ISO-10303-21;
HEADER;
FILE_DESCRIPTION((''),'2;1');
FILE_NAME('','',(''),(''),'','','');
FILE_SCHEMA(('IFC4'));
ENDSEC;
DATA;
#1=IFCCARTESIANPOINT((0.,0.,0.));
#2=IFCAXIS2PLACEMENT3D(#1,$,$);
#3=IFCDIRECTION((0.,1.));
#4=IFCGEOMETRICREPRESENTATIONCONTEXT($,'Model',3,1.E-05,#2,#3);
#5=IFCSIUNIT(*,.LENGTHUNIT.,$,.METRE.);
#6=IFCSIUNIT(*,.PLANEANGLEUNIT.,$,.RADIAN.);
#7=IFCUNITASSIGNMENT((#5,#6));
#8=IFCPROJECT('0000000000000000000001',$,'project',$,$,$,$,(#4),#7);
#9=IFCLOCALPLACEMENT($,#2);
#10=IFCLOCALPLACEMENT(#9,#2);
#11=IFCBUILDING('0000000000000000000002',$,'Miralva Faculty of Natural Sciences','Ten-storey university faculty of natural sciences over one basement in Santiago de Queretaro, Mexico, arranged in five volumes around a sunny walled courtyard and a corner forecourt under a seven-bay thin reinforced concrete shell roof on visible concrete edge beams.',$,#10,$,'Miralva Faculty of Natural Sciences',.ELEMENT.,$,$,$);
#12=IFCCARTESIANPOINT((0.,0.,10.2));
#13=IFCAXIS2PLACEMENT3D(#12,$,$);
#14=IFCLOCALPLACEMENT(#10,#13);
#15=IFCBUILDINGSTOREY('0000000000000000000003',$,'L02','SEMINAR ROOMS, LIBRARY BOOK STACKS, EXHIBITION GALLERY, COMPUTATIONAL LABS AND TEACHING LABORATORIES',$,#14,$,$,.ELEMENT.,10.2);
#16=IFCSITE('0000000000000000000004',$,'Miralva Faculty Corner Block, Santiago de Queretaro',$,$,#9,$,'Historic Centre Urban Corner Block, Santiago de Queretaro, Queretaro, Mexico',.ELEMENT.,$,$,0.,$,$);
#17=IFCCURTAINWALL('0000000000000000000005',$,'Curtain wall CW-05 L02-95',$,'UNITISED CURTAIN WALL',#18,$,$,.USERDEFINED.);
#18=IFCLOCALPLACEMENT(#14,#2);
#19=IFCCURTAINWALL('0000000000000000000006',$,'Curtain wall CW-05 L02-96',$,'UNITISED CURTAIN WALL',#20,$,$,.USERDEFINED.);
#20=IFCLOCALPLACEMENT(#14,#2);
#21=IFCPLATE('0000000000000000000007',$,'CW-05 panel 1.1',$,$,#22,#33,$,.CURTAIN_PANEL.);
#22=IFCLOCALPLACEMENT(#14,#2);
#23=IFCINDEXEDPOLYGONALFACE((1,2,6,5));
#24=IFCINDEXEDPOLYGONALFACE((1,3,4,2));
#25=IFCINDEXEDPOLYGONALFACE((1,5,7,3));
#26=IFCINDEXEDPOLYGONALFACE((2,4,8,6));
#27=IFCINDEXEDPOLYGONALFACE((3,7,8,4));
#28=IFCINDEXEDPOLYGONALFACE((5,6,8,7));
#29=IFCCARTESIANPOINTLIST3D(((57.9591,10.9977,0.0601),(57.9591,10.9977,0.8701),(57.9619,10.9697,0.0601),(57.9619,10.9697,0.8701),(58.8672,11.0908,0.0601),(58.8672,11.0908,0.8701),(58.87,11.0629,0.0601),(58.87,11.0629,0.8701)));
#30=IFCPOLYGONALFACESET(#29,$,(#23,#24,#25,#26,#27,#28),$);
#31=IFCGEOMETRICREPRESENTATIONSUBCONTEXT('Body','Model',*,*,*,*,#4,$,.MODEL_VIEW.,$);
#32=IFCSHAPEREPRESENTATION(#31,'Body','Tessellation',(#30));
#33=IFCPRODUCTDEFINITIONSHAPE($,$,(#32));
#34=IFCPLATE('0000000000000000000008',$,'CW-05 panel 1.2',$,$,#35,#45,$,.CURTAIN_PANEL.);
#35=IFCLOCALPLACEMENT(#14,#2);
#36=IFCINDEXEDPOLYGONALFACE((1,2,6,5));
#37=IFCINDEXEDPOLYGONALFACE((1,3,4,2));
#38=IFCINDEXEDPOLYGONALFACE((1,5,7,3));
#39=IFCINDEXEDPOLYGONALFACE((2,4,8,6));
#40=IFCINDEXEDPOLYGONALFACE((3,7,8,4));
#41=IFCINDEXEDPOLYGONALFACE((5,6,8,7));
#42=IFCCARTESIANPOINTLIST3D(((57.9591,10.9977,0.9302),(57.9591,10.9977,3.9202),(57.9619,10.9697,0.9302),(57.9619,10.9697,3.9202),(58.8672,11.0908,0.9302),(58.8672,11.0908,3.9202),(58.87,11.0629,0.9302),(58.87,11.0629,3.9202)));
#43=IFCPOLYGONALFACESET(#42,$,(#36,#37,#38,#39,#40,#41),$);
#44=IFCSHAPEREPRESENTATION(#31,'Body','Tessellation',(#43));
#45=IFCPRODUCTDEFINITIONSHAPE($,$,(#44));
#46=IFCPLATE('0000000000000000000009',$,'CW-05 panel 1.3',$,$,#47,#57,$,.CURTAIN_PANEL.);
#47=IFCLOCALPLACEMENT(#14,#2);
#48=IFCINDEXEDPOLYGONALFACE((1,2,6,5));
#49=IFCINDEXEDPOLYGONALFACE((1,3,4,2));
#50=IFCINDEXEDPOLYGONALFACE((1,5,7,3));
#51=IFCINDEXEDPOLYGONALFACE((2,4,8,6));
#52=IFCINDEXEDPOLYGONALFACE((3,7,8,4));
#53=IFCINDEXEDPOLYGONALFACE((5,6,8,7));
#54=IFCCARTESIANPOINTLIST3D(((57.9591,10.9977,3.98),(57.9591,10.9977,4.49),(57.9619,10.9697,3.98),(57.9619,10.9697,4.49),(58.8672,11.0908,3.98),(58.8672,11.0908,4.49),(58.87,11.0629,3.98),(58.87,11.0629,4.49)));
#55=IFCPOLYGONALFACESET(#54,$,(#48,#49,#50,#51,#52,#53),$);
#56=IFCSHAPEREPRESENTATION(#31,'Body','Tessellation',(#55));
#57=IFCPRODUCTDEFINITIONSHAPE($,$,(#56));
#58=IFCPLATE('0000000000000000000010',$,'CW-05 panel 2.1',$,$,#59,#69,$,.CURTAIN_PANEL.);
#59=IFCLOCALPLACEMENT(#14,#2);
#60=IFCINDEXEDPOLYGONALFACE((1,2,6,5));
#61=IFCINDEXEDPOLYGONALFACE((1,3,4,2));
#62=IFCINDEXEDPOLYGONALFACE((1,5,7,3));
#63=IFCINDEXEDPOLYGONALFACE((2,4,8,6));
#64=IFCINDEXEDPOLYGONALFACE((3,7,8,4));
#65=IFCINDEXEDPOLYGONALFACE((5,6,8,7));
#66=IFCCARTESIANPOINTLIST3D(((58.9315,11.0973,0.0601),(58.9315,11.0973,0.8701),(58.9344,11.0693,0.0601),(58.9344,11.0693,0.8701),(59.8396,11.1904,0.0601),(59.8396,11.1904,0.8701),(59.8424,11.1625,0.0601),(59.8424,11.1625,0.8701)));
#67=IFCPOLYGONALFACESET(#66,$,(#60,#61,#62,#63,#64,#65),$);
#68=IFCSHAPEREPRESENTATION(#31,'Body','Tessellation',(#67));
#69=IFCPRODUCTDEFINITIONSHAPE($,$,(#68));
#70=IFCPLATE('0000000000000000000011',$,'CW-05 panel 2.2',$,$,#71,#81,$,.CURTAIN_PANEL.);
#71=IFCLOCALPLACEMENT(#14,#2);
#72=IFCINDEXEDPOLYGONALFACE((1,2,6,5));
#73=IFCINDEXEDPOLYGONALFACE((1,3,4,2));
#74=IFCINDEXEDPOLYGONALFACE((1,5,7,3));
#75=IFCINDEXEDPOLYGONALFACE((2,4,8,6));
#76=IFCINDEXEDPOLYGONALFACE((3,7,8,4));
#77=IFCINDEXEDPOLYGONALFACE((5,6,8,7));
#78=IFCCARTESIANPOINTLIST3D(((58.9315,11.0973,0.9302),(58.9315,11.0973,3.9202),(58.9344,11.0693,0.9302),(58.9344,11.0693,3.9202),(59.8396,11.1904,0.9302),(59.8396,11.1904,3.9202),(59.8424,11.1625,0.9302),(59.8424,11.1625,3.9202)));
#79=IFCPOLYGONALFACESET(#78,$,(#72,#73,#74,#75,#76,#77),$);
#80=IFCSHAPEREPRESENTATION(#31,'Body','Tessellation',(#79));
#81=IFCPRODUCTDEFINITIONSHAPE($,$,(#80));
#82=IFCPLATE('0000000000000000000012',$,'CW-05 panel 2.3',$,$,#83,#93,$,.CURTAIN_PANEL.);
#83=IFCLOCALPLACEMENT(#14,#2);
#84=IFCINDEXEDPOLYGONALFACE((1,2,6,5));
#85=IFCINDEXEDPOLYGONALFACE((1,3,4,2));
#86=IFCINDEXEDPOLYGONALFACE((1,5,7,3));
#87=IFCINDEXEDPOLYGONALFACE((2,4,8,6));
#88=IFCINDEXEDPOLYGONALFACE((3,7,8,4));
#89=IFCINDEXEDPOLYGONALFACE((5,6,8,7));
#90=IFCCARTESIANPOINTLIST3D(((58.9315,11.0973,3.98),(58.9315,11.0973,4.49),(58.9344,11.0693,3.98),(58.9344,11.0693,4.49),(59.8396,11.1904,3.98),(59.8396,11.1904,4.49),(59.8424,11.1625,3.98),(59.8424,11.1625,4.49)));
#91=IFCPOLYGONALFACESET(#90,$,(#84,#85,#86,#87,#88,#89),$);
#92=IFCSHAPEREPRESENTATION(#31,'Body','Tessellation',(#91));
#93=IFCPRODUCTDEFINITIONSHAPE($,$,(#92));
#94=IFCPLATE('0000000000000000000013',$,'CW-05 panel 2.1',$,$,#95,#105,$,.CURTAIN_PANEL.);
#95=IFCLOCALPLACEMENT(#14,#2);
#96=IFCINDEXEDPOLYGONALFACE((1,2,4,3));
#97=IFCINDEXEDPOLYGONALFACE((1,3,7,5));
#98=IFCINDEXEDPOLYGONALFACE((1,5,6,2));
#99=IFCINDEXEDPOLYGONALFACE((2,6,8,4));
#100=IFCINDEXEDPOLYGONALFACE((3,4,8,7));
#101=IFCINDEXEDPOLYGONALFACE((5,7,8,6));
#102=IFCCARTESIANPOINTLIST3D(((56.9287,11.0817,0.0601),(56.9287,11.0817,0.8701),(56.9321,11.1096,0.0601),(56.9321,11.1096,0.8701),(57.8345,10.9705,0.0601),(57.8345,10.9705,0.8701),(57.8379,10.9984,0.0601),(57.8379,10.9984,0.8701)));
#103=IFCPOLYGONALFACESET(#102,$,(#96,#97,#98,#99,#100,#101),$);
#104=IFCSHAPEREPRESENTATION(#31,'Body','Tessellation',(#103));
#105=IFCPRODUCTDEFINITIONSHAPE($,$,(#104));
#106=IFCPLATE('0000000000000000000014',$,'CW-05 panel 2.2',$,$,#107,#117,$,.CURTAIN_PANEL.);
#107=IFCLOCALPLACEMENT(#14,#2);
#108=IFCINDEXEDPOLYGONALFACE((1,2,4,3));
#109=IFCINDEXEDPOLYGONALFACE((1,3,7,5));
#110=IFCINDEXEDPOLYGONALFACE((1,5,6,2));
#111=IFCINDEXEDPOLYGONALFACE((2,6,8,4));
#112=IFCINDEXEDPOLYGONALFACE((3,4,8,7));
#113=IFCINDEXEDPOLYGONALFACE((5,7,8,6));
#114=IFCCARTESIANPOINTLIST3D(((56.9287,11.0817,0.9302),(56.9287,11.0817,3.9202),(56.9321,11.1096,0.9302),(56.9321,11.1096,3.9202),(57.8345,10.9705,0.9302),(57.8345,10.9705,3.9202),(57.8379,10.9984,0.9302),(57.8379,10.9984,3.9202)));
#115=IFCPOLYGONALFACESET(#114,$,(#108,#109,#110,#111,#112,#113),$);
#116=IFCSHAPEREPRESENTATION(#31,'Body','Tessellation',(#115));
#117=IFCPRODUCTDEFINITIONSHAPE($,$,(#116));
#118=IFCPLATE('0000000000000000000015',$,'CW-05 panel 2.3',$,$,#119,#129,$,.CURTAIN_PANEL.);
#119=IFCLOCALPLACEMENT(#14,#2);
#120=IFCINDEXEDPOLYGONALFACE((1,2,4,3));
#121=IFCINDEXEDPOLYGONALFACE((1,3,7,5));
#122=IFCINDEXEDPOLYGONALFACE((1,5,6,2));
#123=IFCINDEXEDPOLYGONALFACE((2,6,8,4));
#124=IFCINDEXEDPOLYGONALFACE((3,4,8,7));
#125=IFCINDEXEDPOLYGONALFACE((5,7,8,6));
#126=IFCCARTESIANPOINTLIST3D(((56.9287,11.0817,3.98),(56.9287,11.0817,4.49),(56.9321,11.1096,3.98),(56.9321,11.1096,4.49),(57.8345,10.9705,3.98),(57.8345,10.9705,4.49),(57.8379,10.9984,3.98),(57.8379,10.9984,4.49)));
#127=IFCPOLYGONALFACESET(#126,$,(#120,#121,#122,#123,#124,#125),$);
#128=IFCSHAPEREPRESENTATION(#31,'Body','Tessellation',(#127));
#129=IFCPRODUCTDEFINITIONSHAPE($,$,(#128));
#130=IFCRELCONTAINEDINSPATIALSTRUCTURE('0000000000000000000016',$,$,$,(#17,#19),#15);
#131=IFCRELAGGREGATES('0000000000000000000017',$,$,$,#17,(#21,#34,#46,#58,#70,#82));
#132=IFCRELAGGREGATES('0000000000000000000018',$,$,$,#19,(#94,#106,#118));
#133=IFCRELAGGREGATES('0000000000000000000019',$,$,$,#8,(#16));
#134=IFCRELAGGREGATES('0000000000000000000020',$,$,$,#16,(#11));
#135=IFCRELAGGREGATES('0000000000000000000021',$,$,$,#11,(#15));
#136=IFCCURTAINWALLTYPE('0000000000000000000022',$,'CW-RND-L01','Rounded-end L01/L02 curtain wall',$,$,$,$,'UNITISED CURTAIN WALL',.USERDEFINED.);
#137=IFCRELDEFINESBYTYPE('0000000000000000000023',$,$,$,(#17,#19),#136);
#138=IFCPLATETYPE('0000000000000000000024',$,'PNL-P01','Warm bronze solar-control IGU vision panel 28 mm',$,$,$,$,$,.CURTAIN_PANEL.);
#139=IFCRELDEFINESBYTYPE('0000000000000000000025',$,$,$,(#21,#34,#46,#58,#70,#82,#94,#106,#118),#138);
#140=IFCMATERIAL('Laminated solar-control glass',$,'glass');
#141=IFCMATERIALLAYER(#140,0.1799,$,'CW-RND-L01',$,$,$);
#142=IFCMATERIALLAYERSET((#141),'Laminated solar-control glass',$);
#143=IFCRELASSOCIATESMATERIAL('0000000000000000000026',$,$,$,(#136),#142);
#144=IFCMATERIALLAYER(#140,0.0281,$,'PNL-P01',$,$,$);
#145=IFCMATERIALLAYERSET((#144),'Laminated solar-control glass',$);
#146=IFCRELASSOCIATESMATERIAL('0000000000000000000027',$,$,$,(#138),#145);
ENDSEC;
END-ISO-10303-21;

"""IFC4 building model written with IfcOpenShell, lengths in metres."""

from ifc_helpers import new_model, si_unit, direction, frame, origin, origin_2d, place, context, subcontext, project, spatial, rectangle, extrude, material, layer, layer_set, type_object, element, aggregate, save


model = new_model("IFC4")

# Units and contexts
model_context = context("Model", 3, precision=1e-05, world=origin(), true_north=direction((0.0, 1.0)))
body_context = subcontext(model_context, "Body", "Model", "MODEL_VIEW")
ifc_project = project(units=[si_unit("LENGTHUNIT", "METRE"), si_unit("PLANEANGLEUNIT", "RADIAN")], contexts=[model_context])

# Site, building, storey
site_placement = place(None, origin())
site = spatial("IfcSite", under=ifc_project, at=site_placement, Name="Miralva Faculty Corner Block, Santiago de Queretaro", LongName="Historic Centre Urban Corner Block, Santiago de Queretaro, Queretaro, Mexico", CompositionType="ELEMENT", RefElevation=0.0)
building_placement = place(site_placement, origin())
building = spatial("IfcBuilding", under=site, at=building_placement, Name="Miralva Faculty of Natural Sciences", Description="Ten-storey university faculty of natural sciences over one basement in Santiago de Queretaro, Mexico, arranged in five volumes around a sunny walled courtyard and a corner forecourt under a seven-bay thin reinforced concrete shell roof on visible concrete edge beams.", LongName="Miralva Faculty of Natural Sciences", CompositionType="ELEMENT")
storey_placement = place(building_placement, frame((0.0, 0.0, 10.2)))
storey = spatial("IfcBuildingStorey", under=building, at=storey_placement, Name="L02", Description="SEMINAR ROOMS, LIBRARY BOOK STACKS, EXHIBITION GALLERY, COMPUTATIONAL LABS AND TEACHING LABORATORIES", CompositionType="ELEMENT", Elevation=10.2)

# Curtain wall
ifc_material_1 = material(Name="Laminated solar-control glass", Category="glass")
ifc_layer_1 = layer(ifc_material_1, 0.1799, Name="CW-RND-L01")
ifc_layer_set_1 = layer_set([ifc_layer_1], Name="Laminated solar-control glass")
curtain_wall_type = type_object("IfcCurtainWallType", Name="CW-RND-L01", Description="Rounded-end L01/L02 curtain wall", ElementType="UNITISED CURTAIN WALL", PredefinedType="USERDEFINED", material=ifc_layer_set_1)
curtain_wall_1_placement = place(storey_placement, origin())
curtain_wall_1 = element("IfcCurtainWall", 1, at=curtain_wall_1_placement, inside=storey, type_object=curtain_wall_type, Name="Curtain wall CW-05 L02-95", ObjectType="UNITISED CURTAIN WALL", PredefinedType="USERDEFINED")

# Curtain wall
curtain_wall_2_placement = place(storey_placement, origin())
curtain_wall_2 = element("IfcCurtainWall", 2, at=curtain_wall_2_placement, inside=storey, type_object=curtain_wall_type, Name="Curtain wall CW-05 L02-96", ObjectType="UNITISED CURTAIN WALL", PredefinedType="USERDEFINED")

# Plates
ifc_layer_2 = layer(ifc_material_1, 0.0281, Name="PNL-P01")
ifc_layer_set_2 = layer_set([ifc_layer_2], Name="Laminated solar-control glass")
plate_type = type_object("IfcPlateType", Name="PNL-P01", Description="Warm bronze solar-control IGU vision panel 28 mm", PredefinedType="CURTAIN_PANEL", material=ifc_layer_set_2)
plate_1_placement = place(storey_placement, frame((58.4146, 11.0303, 0.0601), z_axis=(0.0, 0.0, 1.0), x_axis=(0.994779, 0.102056, 0.0)))
plate_1 = element("IfcPlate", 3, at=plate_1_placement, type_object=plate_type, Name="CW-05 panel 1.1", PredefinedType="CURTAIN_PANEL", context=body_context, shape_type="SweptSolid", body=[
    extrude(rectangle(XDim=0.9128, YDim=0.0281, at=origin_2d()), origin(), (0.0, 0.0, 1.0), 0.8101),
])
plate_2_placement = place(storey_placement, frame((58.4146, 11.0303, 0.9302), z_axis=(0.0, 0.0, 1.0), x_axis=(0.994779, 0.102056, 0.0)))
plate_2 = element("IfcPlate", 4, at=plate_2_placement, type_object=plate_type, Name="CW-05 panel 1.2", PredefinedType="CURTAIN_PANEL", context=body_context, shape_type="SweptSolid", body=[
    extrude(rectangle(XDim=0.9128, YDim=0.0281, at=origin_2d()), origin(), (0.0, 0.0, 1.0), 2.99),
])
plate_3_placement = place(storey_placement, frame((58.4146, 11.0303, 3.98), z_axis=(0.0, 0.0, 1.0), x_axis=(0.994779, 0.102056, 0.0)))
plate_3 = element("IfcPlate", 5, at=plate_3_placement, type_object=plate_type, Name="CW-05 panel 1.3", PredefinedType="CURTAIN_PANEL", context=body_context, shape_type="SweptSolid", body=[
    extrude(rectangle(XDim=0.9128, YDim=0.0281, at=origin_2d()), origin(), (0.0, 0.0, 1.0), 0.51),
])
plate_4_placement = place(storey_placement, frame((59.387, 11.1299, 0.0601), z_axis=(0.0, 0.0, 1.0), x_axis=(0.994779, 0.102056, 0.0)))
plate_4 = element("IfcPlate", 6, at=plate_4_placement, type_object=plate_type, Name="CW-05 panel 2.1", PredefinedType="CURTAIN_PANEL", context=body_context, shape_type="SweptSolid", body=[
    extrude(rectangle(XDim=0.9128, YDim=0.0281, at=origin_2d()), origin(), (0.0, 0.0, 1.0), 0.8101),
])
plate_5_placement = place(storey_placement, frame((59.387, 11.1299, 0.9302), z_axis=(0.0, 0.0, 1.0), x_axis=(0.994779, 0.102056, 0.0)))
plate_5 = element("IfcPlate", 7, at=plate_5_placement, type_object=plate_type, Name="CW-05 panel 2.2", PredefinedType="CURTAIN_PANEL", context=body_context, shape_type="SweptSolid", body=[
    extrude(rectangle(XDim=0.9128, YDim=0.0281, at=origin_2d()), origin(), (0.0, 0.0, 1.0), 2.99),
])
plate_6_placement = place(storey_placement, frame((59.387, 11.1299, 3.98), z_axis=(0.0, 0.0, 1.0), x_axis=(0.994779, 0.102056, 0.0)))
plate_6 = element("IfcPlate", 8, at=plate_6_placement, type_object=plate_type, Name="CW-05 panel 2.3", PredefinedType="CURTAIN_PANEL", context=body_context, shape_type="SweptSolid", body=[
    extrude(rectangle(XDim=0.9128, YDim=0.0281, at=origin_2d()), origin(), (0.0, 0.0, 1.0), 0.51),
])
aggregate(curtain_wall_1, [plate_1, plate_2, plate_3, plate_4, plate_5, plate_6])
plate_7_placement = place(storey_placement, frame((57.3833, 11.04, 0.0601), z_axis=(0.0, 0.0, 1.0), x_axis=(0.992547, -0.12186, 0.0)))
plate_7 = element("IfcPlate", 9, at=plate_7_placement, type_object=plate_type, Name="CW-05 panel 2.1", PredefinedType="CURTAIN_PANEL", context=body_context, shape_type="SweptSolid", body=[
    extrude(rectangle(XDim=0.9126, YDim=0.0281, at=origin_2d()), origin(), (0.0, 0.0, 1.0), 0.8101),
])
plate_8_placement = place(storey_placement, frame((57.3833, 11.04, 0.9302), z_axis=(0.0, 0.0, 1.0), x_axis=(0.992547, -0.12186, 0.0)))
plate_8 = element("IfcPlate", 10, at=plate_8_placement, type_object=plate_type, Name="CW-05 panel 2.2", PredefinedType="CURTAIN_PANEL", context=body_context, shape_type="SweptSolid", body=[
    extrude(rectangle(XDim=0.9126, YDim=0.0281, at=origin_2d()), origin(), (0.0, 0.0, 1.0), 2.99),
])
plate_9_placement = place(storey_placement, frame((57.3833, 11.04, 3.98), z_axis=(0.0, 0.0, 1.0), x_axis=(0.992547, -0.12186, 0.0)))
plate_9 = element("IfcPlate", 11, at=plate_9_placement, type_object=plate_type, Name="CW-05 panel 2.3", PredefinedType="CURTAIN_PANEL", context=body_context, shape_type="SweptSolid", body=[
    extrude(rectangle(XDim=0.9126, YDim=0.0281, at=origin_2d()), origin(), (0.0, 0.0, 1.0), 0.51),
])
aggregate(curtain_wall_2, [plate_7, plate_8, plate_9])

save(model, "model.ifc")
